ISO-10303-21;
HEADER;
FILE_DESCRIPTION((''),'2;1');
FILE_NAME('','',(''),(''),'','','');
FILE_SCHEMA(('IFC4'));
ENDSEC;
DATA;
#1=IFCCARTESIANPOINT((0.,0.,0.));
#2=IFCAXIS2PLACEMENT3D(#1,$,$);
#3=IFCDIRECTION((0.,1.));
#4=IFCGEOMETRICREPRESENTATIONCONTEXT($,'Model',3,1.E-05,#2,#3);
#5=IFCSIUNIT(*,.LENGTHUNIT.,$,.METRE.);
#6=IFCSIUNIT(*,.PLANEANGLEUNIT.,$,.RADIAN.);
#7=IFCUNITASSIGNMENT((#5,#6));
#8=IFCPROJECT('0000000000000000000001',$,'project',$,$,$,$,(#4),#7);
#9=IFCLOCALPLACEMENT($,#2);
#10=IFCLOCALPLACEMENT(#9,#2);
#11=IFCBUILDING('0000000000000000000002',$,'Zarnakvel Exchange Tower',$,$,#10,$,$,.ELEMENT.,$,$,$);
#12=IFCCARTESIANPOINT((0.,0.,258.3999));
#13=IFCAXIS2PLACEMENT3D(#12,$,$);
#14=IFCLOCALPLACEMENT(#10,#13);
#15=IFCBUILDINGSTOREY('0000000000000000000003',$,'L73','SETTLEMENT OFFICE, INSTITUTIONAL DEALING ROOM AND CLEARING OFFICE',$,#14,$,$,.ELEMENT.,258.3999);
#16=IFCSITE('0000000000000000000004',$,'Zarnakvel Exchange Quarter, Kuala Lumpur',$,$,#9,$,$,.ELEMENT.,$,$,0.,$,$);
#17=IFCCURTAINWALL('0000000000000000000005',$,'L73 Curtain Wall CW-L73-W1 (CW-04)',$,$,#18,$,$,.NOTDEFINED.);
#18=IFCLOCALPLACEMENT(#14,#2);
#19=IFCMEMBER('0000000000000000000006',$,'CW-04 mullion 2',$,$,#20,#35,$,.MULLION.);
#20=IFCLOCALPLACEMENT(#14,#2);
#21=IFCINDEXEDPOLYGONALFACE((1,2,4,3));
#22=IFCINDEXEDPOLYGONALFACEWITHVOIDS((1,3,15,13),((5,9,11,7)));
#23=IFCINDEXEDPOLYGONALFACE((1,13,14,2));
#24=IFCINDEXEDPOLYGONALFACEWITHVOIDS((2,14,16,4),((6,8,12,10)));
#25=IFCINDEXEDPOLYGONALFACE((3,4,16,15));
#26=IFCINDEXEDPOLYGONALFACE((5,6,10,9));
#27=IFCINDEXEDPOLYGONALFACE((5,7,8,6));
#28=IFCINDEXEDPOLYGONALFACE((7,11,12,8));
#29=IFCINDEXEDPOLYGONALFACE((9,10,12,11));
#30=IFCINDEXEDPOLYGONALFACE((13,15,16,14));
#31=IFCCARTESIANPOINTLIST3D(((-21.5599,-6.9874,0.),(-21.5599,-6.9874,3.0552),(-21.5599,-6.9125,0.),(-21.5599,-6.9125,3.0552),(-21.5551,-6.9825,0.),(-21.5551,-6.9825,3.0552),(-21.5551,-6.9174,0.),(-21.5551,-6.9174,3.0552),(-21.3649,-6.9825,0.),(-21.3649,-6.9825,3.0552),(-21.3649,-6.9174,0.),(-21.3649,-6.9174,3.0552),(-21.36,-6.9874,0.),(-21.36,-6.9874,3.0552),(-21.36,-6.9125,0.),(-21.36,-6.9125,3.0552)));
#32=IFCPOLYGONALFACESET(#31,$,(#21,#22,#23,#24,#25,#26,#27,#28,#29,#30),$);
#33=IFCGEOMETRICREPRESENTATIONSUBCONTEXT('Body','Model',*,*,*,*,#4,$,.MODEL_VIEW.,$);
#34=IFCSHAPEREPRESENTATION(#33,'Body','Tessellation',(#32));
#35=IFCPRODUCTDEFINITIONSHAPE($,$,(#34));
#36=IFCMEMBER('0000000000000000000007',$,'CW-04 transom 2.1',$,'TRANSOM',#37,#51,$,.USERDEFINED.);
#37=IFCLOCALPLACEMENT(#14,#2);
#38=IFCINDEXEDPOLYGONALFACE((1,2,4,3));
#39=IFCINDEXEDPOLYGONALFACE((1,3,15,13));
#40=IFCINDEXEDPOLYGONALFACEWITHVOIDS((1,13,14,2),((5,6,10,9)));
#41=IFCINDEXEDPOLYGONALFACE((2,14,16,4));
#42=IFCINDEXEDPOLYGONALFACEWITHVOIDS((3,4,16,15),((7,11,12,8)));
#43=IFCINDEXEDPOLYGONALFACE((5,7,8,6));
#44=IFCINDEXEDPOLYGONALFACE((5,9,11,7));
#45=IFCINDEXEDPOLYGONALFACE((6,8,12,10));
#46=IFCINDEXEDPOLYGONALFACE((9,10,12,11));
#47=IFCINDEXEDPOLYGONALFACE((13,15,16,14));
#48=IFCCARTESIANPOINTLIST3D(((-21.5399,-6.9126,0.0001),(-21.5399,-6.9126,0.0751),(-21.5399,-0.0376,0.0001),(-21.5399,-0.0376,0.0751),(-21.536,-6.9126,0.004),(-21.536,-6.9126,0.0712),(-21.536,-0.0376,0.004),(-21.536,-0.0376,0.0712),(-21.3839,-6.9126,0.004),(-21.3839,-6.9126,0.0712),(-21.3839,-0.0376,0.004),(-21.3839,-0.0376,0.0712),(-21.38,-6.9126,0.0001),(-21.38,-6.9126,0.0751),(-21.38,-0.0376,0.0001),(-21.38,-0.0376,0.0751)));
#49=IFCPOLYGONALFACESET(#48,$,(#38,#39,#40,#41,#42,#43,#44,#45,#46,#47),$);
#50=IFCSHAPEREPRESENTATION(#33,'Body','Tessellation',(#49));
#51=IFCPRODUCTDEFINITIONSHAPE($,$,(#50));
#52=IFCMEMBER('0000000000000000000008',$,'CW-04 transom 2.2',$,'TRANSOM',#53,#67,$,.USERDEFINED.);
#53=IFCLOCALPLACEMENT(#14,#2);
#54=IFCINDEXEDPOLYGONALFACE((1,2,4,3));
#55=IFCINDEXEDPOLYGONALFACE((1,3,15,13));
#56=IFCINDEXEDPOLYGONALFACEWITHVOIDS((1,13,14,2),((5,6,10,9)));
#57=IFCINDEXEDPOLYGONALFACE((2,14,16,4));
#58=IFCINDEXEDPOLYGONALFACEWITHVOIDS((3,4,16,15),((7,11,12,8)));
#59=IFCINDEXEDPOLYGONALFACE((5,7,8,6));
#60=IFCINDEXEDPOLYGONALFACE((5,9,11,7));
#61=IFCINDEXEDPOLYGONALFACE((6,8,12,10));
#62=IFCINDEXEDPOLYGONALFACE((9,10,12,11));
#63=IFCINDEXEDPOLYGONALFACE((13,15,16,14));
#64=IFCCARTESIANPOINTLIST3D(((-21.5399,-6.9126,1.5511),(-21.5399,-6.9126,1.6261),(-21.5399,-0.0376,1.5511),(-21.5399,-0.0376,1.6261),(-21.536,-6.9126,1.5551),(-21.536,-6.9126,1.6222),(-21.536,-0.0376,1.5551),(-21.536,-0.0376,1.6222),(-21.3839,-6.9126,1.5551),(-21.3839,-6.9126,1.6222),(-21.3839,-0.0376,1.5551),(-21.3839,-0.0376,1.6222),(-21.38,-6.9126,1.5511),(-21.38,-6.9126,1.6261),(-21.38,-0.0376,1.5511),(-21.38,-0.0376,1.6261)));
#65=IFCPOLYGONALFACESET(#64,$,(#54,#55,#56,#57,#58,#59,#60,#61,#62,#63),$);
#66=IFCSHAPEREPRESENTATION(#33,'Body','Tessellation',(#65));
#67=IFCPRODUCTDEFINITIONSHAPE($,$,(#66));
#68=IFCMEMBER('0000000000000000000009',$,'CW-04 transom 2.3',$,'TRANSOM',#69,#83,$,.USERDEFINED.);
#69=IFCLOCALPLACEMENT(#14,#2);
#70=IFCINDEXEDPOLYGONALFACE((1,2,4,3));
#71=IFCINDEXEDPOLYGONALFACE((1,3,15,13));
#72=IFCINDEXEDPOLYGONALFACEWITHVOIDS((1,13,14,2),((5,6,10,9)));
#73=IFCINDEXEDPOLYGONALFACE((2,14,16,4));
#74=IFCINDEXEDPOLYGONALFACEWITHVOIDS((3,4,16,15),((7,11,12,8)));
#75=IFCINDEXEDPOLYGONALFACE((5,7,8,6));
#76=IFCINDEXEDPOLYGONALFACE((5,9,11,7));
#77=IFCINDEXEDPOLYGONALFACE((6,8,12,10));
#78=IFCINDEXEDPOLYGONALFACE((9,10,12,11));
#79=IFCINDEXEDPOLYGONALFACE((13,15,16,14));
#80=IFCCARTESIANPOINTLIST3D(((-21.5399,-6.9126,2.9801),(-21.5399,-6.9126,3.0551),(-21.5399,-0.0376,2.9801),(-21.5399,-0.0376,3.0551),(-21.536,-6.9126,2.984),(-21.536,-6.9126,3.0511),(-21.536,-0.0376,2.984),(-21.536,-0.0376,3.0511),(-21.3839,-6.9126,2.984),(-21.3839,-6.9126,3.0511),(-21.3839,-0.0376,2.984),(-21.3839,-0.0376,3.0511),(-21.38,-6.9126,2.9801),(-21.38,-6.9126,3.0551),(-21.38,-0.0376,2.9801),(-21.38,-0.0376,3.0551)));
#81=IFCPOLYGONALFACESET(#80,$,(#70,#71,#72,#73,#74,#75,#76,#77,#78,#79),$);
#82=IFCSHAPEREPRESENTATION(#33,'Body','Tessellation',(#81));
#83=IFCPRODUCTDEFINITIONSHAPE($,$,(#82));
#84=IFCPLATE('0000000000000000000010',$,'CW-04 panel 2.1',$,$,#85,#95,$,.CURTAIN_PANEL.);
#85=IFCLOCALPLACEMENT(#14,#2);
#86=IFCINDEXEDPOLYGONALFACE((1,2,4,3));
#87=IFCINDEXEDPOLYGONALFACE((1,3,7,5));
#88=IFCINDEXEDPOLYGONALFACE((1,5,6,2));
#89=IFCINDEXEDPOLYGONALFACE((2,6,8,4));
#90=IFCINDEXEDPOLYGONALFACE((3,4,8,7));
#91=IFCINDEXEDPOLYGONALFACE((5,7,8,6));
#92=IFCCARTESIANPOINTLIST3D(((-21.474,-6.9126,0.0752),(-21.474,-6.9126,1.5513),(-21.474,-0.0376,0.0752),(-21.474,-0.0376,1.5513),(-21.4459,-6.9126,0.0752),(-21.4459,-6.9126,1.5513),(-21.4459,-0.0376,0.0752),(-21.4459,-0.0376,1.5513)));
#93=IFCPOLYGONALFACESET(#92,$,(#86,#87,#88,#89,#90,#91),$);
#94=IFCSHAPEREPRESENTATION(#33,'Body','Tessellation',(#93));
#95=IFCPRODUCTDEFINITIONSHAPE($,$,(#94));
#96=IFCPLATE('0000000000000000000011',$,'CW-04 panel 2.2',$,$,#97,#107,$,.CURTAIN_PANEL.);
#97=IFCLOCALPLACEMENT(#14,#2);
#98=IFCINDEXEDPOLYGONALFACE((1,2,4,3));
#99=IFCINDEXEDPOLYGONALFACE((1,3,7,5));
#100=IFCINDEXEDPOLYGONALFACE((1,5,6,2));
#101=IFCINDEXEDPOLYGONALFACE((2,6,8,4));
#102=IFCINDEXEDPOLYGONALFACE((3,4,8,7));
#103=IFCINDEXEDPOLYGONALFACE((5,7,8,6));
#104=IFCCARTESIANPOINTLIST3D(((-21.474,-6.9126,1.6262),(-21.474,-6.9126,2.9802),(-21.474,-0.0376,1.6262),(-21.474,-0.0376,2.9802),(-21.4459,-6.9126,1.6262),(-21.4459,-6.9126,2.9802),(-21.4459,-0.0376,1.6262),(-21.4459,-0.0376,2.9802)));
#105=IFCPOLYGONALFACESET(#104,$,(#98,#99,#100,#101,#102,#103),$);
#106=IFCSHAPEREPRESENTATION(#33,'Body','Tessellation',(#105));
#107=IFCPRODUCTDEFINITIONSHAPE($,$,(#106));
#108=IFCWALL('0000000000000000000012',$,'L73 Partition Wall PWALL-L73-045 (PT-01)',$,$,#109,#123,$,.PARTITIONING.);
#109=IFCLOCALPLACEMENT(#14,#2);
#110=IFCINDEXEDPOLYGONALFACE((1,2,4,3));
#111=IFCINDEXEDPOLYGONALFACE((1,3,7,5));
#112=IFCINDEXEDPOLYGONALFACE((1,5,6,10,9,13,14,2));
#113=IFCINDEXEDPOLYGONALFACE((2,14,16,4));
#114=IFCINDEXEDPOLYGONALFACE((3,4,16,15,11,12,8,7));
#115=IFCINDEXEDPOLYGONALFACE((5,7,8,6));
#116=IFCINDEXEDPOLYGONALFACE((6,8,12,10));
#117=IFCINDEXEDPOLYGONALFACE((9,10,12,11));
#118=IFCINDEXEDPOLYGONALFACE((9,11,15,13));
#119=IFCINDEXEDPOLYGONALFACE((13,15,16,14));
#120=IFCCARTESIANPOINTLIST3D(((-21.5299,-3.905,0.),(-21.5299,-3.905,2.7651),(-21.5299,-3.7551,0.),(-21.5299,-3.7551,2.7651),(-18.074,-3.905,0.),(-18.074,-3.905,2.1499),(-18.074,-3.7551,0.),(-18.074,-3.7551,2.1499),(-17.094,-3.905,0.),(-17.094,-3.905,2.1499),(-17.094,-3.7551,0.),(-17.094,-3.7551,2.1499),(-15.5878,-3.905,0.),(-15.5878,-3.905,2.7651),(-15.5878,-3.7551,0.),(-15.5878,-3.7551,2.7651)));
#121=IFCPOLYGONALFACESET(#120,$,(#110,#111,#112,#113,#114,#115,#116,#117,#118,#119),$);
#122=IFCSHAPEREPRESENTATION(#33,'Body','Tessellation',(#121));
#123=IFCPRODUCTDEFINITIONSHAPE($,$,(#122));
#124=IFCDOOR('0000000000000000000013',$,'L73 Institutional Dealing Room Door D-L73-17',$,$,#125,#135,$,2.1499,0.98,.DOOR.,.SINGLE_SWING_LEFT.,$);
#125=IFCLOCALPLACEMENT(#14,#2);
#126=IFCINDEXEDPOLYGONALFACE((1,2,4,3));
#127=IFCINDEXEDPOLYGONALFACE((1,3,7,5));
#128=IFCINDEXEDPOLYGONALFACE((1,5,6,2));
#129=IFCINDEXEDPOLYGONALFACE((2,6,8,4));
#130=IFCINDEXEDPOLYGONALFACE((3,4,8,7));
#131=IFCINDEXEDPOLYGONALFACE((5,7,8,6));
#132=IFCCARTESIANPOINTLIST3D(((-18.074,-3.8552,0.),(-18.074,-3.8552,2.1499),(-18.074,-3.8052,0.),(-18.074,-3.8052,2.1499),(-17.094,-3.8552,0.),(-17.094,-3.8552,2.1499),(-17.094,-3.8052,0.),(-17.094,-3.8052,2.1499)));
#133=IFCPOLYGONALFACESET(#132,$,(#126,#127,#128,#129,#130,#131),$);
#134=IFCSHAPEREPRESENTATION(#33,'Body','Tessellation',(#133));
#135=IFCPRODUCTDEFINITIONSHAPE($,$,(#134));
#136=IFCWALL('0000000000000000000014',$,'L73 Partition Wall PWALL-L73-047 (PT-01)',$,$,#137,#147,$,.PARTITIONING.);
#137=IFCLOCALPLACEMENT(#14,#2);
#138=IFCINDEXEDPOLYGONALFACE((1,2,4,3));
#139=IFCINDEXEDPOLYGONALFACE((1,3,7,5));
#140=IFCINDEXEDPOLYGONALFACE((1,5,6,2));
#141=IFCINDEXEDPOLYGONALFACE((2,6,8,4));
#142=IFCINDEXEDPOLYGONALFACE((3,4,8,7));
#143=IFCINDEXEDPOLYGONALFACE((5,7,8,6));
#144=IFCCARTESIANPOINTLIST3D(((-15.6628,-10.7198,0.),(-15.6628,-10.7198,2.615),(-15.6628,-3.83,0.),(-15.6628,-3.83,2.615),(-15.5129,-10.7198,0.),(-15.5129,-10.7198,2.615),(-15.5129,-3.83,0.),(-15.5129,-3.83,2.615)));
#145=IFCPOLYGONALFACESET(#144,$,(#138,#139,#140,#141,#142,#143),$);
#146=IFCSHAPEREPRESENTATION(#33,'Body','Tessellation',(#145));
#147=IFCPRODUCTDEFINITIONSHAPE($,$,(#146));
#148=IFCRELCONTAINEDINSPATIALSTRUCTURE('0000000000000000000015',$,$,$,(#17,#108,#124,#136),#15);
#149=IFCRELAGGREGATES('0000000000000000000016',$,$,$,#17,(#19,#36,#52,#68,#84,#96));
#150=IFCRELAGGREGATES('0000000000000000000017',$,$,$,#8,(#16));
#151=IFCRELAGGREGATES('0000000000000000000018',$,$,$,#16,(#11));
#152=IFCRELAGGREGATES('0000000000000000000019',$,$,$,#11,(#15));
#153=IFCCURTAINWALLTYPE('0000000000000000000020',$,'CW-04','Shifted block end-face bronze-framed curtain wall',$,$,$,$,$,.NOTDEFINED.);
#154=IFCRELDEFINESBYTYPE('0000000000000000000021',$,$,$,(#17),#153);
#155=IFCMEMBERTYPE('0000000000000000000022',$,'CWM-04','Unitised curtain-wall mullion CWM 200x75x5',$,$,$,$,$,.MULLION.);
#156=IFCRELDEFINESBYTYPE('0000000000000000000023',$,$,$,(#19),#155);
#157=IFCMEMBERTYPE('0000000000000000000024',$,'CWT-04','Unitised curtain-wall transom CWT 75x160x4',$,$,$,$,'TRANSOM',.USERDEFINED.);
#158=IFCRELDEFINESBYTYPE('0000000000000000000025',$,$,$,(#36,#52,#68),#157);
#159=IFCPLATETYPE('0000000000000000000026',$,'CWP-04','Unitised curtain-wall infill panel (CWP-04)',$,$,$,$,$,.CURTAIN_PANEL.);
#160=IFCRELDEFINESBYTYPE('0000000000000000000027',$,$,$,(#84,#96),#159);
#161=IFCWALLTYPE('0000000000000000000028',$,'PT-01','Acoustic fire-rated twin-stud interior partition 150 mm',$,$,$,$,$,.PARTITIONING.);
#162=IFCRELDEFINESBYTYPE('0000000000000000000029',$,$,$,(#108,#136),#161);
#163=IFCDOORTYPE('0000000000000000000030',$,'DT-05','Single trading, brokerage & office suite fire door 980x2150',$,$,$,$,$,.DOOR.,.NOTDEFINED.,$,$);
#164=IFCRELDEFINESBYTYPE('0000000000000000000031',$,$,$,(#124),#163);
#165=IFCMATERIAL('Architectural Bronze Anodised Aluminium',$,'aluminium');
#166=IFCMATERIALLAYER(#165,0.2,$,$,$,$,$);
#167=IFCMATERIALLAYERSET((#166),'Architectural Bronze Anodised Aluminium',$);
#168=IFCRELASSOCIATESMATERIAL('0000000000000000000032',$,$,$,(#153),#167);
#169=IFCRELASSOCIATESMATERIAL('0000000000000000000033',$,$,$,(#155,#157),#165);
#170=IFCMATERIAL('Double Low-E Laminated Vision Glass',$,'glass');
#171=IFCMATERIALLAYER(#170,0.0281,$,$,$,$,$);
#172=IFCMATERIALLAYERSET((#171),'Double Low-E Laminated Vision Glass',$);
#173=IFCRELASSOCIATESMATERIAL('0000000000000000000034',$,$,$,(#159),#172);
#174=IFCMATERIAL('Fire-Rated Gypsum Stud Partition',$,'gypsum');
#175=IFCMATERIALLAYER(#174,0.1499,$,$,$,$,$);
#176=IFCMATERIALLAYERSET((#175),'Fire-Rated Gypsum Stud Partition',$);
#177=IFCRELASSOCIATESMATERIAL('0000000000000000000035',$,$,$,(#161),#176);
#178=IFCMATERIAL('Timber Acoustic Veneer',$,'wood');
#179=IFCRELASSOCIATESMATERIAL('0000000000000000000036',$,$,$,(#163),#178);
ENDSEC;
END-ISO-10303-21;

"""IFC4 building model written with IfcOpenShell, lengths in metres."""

from ifc_helpers import new_model, si_unit, direction, frame, frame_2d, origin, origin_2d, place, context, subcontext, project, spatial, rectangle, hollow_rectangle, extrude, source, transform, mapped, material, layer, layer_set, material_profile, profile_set, type_object, element, fill, aggregate, save


model = new_model("IFC4")

# Units and contexts
model_context = context("Model", 3, precision=1e-05, world=origin(), true_north=direction((0.0, 1.0)))
body_context = subcontext(model_context, "Body", "Model", "MODEL_VIEW")
ifc_project = project(units=[si_unit("LENGTHUNIT", "METRE"), si_unit("PLANEANGLEUNIT", "RADIAN")], contexts=[model_context])

# Site, building, storey
site_placement = place(None, origin())
site = spatial("IfcSite", under=ifc_project, at=site_placement, Name="Zarnakvel Exchange Quarter, Kuala Lumpur", CompositionType="ELEMENT", RefElevation=0.0)
building_placement = place(site_placement, origin())
building = spatial("IfcBuilding", under=site, at=building_placement, Name="Zarnakvel Exchange Tower", CompositionType="ELEMENT")
storey_placement = place(building_placement, frame((0.0, 0.0, 258.3999)))
storey = spatial("IfcBuildingStorey", under=building, at=storey_placement, Name="L73", Description="SETTLEMENT OFFICE, INSTITUTIONAL DEALING ROOM AND CLEARING OFFICE", CompositionType="ELEMENT", Elevation=258.3999)

# Curtain wall, members, plates
ifc_material_1 = material(Name="Architectural Bronze Anodised Aluminium", Category="aluminium")
ifc_layer_1 = layer(ifc_material_1, 0.2)
ifc_layer_set_1 = layer_set([ifc_layer_1], Name="Architectural Bronze Anodised Aluminium")
curtain_wall_type = type_object("IfcCurtainWallType", Name="CW-04", Description="Shifted block end-face bronze-framed curtain wall", PredefinedType="NOTDEFINED", material=ifc_layer_set_1)
curtain_wall_placement = place(storey_placement, origin())
curtain_wall = element("IfcCurtainWall", 1, at=curtain_wall_placement, inside=storey, type_object=curtain_wall_type, Name="L73 Curtain Wall CW-L73-W1 (CW-04)", PredefinedType="NOTDEFINED")
ifc_material_profile_1 = material_profile(ifc_material_1, hollow_rectangle(XDim=0.2, YDim=0.075, WallThickness=0.0049, at=origin_2d()))
ifc_profile_set_1 = profile_set([ifc_material_profile_1], Name="Architectural Bronze Anodised Aluminium")
member_type_1 = type_object("IfcMemberType", Name="CWM-04", Description="Unitised curtain-wall mullion CWM 200x75x5", PredefinedType="MULLION", material=ifc_profile_set_1)
shared_shape_1 = source(origin(), body_context, "Body", "SweptSolid", [
    extrude(hollow_rectangle(XDim=0.2, YDim=0.075, WallThickness=0.0049, at=origin_2d()), origin(), (0.0, 0.0, 1.0), 3.0552),
])
member_1_placement = place(storey_placement, frame((-21.46, -6.95, 0.0), z_axis=(0.0, 0.0, 1.0), x_axis=(-1.0, 0.0, 0.0)))
member_1 = element("IfcMember", 2, at=member_1_placement, type_object=member_type_1, Name="CW-04 mullion 2", PredefinedType="MULLION", context=body_context, shape_type="MappedRepresentation", body=[
    mapped(shared_shape_1, transform((0.0, 0.0, 0.0), x_axis=(1.0, 0.0, 0.0), y_axis=(0.0, 1.0, 0.0), z_axis=(0.0, 0.0, 1.0), scale=1.0)),
])
ifc_material_profile_2 = material_profile(ifc_material_1, hollow_rectangle(XDim=0.1599, YDim=0.075, WallThickness=0.0039, at=origin_2d()))
ifc_profile_set_2 = profile_set([ifc_material_profile_2], Name="Architectural Bronze Anodised Aluminium")
member_type_2 = type_object("IfcMemberType", Name="CWT-04", Description="Unitised curtain-wall transom CWT 75x160x4", ElementType="TRANSOM", PredefinedType="USERDEFINED", material=ifc_profile_set_2)
shared_shape_2 = source(origin(), body_context, "Body", "SweptSolid", [
    extrude(hollow_rectangle(XDim=0.1599, YDim=0.075, WallThickness=0.0039, at=origin_2d()), origin(), (0.0, 0.0, 1.0), 6.875),
])
member_2_placement = place(storey_placement, frame((-21.46, -6.9126, 0.0376), z_axis=(0.0, 1.0, 0.0), x_axis=(-1.0, 0.0, 0.0)))
member_2 = element("IfcMember", 3, at=member_2_placement, type_object=member_type_2, Name="CW-04 transom 2.1", ObjectType="TRANSOM", PredefinedType="USERDEFINED", context=body_context, shape_type="MappedRepresentation", body=[
    mapped(shared_shape_2, transform((0.0, 0.0, 0.0), x_axis=(1.0, 0.0, 0.0), y_axis=(0.0, 1.0, 0.0), z_axis=(0.0, 0.0, 1.0), scale=1.0)),
])
member_3_placement = place(storey_placement, frame((-21.46, -6.9126, 1.5886), z_axis=(0.0, 1.0, 0.0), x_axis=(-1.0, 0.0, 0.0)))
member_3 = element("IfcMember", 4, at=member_3_placement, type_object=member_type_2, Name="CW-04 transom 2.2", ObjectType="TRANSOM", PredefinedType="USERDEFINED", context=body_context, shape_type="MappedRepresentation", body=[
    mapped(shared_shape_2, transform((0.0, 0.0, 0.0), x_axis=(1.0, 0.0, 0.0), y_axis=(0.0, 1.0, 0.0), z_axis=(0.0, 0.0, 1.0), scale=1.0)),
])
member_4_placement = place(storey_placement, frame((-21.46, -6.9126, 3.0176), z_axis=(0.0, 1.0, 0.0), x_axis=(-1.0, 0.0, 0.0)))
member_4 = element("IfcMember", 5, at=member_4_placement, type_object=member_type_2, Name="CW-04 transom 2.3", ObjectType="TRANSOM", PredefinedType="USERDEFINED", context=body_context, shape_type="MappedRepresentation", body=[
    mapped(shared_shape_2, transform((0.0, 0.0, 0.0), x_axis=(1.0, 0.0, 0.0), y_axis=(0.0, 1.0, 0.0), z_axis=(0.0, 0.0, 1.0), scale=1.0)),
])
ifc_material_2 = material(Name="Double Low-E Laminated Vision Glass", Category="glass")
ifc_layer_2 = layer(ifc_material_2, 0.0281)
ifc_layer_set_2 = layer_set([ifc_layer_2], Name="Double Low-E Laminated Vision Glass")
plate_type = type_object("IfcPlateType", Name="CWP-04", Description="Unitised curtain-wall infill panel (CWP-04)", PredefinedType="CURTAIN_PANEL", material=ifc_layer_set_2)
shared_shape_3 = source(origin(), body_context, "Body", "SweptSolid", [
    extrude(rectangle(XDim=6.875, YDim=0.0281, at=origin_2d()), origin(), (0.0, 0.0, 1.0), 1.4761),
])
plate_1_placement = place(storey_placement, frame((-21.46, -3.4751, 0.0752), z_axis=(0.0, 0.0, 1.0), x_axis=(0.0, 1.0, 0.0)))
plate_1 = element("IfcPlate", 6, at=plate_1_placement, type_object=plate_type, Name="CW-04 panel 2.1", PredefinedType="CURTAIN_PANEL", context=body_context, shape_type="MappedRepresentation", body=[
    mapped(shared_shape_3, transform((0.0, 0.0, 0.0), x_axis=(1.0, 0.0, 0.0), y_axis=(0.0, 1.0, 0.0), z_axis=(0.0, 0.0, 1.0), scale=1.0)),
])
shared_shape_4 = source(origin(), body_context, "Body", "SweptSolid", [
    extrude(rectangle(XDim=6.875, YDim=0.0281, at=origin_2d()), origin(), (0.0, 0.0, 1.0), 1.354),
])
plate_2_placement = place(storey_placement, frame((-21.46, -3.4751, 1.6262), z_axis=(0.0, 0.0, 1.0), x_axis=(0.0, 1.0, 0.0)))
plate_2 = element("IfcPlate", 7, at=plate_2_placement, type_object=plate_type, Name="CW-04 panel 2.2", PredefinedType="CURTAIN_PANEL", context=body_context, shape_type="MappedRepresentation", body=[
    mapped(shared_shape_4, transform((0.0, 0.0, 0.0), x_axis=(1.0, 0.0, 0.0), y_axis=(0.0, 1.0, 0.0), z_axis=(0.0, 0.0, 1.0), scale=1.0)),
])
aggregate(curtain_wall, [member_1, member_2, member_3, member_4, plate_1, plate_2])

# Wall, opening, door
ifc_material_3 = material(Name="Fire-Rated Gypsum Stud Partition", Category="gypsum")
ifc_layer_3 = layer(ifc_material_3, 0.1499)
ifc_layer_set_3 = layer_set([ifc_layer_3], Name="Fire-Rated Gypsum Stud Partition")
wall_type = type_object("IfcWallType", Name="PT-01", Description="Acoustic fire-rated twin-stud interior partition 150 mm", PredefinedType="PARTITIONING", material=ifc_layer_set_3)
wall_1_placement = place(storey_placement, frame((-21.53, -3.8301, 0.0), z_axis=(0.0, 0.0, 1.0), x_axis=(1.0, 0.0, 0.0)))
wall_1 = element("IfcWall", 8, at=wall_1_placement, inside=storey, type_object=wall_type, Name="L73 Partition Wall PWALL-L73-045 (PT-01)", PredefinedType="PARTITIONING", context=body_context, shape_type="SweptSolid", body=[
    extrude(rectangle(XDim=5.9421, YDim=0.1499, at=frame_2d((2.9712, 0.0))), origin(), (0.0, 0.0, 1.0), 2.7651),
])
opening_1_placement = place(wall_1_placement, frame((3.4561, 0.0, 0.0)))
opening_1 = element("IfcOpeningElement", 9, at=opening_1_placement, cuts=wall_1, PredefinedType="OPENING", context=body_context, shape_type="SweptSolid", body=[
    extrude(rectangle(XDim=0.98, YDim=2.1499, at=frame_2d((0.49, 1.075))), frame((0.0, 0.085, 0.0), z_axis=(0.0, -1.0, 0.0), x_axis=(1.0, 0.0, 0.0)), (0.0, 0.0, 1.0), 0.1699),
])
ifc_material_4 = material(Name="Timber Acoustic Veneer", Category="wood")
door_type = type_object("IfcDoorType", Name="DT-05", Description="Single trading, brokerage & office suite fire door 980x2150", OperationType="NOTDEFINED", PredefinedType="DOOR", material=ifc_material_4)
shared_shape_5 = source(origin(), body_context, "Body", "SweptSolid", [
    extrude(rectangle(XDim=0.98, YDim=2.1499, at=frame_2d((0.49, 1.075))), frame((0.0, 0.0249, 0.0), z_axis=(0.0, -1.0, 0.0), x_axis=(1.0, 0.0, 0.0)), (0.0, 0.0, 1.0), 0.05),
])
door_1_placement = place(opening_1_placement, origin())
door_1 = element("IfcDoor", 10, at=door_1_placement, inside=storey, type_object=door_type, Name="L73 Institutional Dealing Room Door D-L73-17", OperationType="SINGLE_SWING_LEFT", OverallHeight=2.1499, OverallWidth=0.98, PredefinedType="DOOR", context=body_context, shape_type="MappedRepresentation", body=[
    mapped(shared_shape_5, transform((0.0, 0.0, 0.0), x_axis=(1.0, 0.0, 0.0), y_axis=(0.0, 1.0, 0.0), z_axis=(0.0, 0.0, 1.0), scale=1.0)),
])
fill(opening_1, door_1)

# Wall
wall_2_placement = place(storey_placement, frame((-15.5879, -3.8301, 0.0), z_axis=(0.0, 0.0, 1.0), x_axis=(0.0, -1.0, 0.0)))
element("IfcWall", 11, at=wall_2_placement, inside=storey, type_object=wall_type, Name="L73 Partition Wall PWALL-L73-047 (PT-01)", PredefinedType="PARTITIONING", context=body_context, shape_type="SweptSolid", body=[
    extrude(rectangle(XDim=6.8899, YDim=0.1499, at=frame_2d((3.4448, 0.0))), origin(), (0.0, 0.0, 1.0), 2.615),
])

save(model, "model.ifc")
